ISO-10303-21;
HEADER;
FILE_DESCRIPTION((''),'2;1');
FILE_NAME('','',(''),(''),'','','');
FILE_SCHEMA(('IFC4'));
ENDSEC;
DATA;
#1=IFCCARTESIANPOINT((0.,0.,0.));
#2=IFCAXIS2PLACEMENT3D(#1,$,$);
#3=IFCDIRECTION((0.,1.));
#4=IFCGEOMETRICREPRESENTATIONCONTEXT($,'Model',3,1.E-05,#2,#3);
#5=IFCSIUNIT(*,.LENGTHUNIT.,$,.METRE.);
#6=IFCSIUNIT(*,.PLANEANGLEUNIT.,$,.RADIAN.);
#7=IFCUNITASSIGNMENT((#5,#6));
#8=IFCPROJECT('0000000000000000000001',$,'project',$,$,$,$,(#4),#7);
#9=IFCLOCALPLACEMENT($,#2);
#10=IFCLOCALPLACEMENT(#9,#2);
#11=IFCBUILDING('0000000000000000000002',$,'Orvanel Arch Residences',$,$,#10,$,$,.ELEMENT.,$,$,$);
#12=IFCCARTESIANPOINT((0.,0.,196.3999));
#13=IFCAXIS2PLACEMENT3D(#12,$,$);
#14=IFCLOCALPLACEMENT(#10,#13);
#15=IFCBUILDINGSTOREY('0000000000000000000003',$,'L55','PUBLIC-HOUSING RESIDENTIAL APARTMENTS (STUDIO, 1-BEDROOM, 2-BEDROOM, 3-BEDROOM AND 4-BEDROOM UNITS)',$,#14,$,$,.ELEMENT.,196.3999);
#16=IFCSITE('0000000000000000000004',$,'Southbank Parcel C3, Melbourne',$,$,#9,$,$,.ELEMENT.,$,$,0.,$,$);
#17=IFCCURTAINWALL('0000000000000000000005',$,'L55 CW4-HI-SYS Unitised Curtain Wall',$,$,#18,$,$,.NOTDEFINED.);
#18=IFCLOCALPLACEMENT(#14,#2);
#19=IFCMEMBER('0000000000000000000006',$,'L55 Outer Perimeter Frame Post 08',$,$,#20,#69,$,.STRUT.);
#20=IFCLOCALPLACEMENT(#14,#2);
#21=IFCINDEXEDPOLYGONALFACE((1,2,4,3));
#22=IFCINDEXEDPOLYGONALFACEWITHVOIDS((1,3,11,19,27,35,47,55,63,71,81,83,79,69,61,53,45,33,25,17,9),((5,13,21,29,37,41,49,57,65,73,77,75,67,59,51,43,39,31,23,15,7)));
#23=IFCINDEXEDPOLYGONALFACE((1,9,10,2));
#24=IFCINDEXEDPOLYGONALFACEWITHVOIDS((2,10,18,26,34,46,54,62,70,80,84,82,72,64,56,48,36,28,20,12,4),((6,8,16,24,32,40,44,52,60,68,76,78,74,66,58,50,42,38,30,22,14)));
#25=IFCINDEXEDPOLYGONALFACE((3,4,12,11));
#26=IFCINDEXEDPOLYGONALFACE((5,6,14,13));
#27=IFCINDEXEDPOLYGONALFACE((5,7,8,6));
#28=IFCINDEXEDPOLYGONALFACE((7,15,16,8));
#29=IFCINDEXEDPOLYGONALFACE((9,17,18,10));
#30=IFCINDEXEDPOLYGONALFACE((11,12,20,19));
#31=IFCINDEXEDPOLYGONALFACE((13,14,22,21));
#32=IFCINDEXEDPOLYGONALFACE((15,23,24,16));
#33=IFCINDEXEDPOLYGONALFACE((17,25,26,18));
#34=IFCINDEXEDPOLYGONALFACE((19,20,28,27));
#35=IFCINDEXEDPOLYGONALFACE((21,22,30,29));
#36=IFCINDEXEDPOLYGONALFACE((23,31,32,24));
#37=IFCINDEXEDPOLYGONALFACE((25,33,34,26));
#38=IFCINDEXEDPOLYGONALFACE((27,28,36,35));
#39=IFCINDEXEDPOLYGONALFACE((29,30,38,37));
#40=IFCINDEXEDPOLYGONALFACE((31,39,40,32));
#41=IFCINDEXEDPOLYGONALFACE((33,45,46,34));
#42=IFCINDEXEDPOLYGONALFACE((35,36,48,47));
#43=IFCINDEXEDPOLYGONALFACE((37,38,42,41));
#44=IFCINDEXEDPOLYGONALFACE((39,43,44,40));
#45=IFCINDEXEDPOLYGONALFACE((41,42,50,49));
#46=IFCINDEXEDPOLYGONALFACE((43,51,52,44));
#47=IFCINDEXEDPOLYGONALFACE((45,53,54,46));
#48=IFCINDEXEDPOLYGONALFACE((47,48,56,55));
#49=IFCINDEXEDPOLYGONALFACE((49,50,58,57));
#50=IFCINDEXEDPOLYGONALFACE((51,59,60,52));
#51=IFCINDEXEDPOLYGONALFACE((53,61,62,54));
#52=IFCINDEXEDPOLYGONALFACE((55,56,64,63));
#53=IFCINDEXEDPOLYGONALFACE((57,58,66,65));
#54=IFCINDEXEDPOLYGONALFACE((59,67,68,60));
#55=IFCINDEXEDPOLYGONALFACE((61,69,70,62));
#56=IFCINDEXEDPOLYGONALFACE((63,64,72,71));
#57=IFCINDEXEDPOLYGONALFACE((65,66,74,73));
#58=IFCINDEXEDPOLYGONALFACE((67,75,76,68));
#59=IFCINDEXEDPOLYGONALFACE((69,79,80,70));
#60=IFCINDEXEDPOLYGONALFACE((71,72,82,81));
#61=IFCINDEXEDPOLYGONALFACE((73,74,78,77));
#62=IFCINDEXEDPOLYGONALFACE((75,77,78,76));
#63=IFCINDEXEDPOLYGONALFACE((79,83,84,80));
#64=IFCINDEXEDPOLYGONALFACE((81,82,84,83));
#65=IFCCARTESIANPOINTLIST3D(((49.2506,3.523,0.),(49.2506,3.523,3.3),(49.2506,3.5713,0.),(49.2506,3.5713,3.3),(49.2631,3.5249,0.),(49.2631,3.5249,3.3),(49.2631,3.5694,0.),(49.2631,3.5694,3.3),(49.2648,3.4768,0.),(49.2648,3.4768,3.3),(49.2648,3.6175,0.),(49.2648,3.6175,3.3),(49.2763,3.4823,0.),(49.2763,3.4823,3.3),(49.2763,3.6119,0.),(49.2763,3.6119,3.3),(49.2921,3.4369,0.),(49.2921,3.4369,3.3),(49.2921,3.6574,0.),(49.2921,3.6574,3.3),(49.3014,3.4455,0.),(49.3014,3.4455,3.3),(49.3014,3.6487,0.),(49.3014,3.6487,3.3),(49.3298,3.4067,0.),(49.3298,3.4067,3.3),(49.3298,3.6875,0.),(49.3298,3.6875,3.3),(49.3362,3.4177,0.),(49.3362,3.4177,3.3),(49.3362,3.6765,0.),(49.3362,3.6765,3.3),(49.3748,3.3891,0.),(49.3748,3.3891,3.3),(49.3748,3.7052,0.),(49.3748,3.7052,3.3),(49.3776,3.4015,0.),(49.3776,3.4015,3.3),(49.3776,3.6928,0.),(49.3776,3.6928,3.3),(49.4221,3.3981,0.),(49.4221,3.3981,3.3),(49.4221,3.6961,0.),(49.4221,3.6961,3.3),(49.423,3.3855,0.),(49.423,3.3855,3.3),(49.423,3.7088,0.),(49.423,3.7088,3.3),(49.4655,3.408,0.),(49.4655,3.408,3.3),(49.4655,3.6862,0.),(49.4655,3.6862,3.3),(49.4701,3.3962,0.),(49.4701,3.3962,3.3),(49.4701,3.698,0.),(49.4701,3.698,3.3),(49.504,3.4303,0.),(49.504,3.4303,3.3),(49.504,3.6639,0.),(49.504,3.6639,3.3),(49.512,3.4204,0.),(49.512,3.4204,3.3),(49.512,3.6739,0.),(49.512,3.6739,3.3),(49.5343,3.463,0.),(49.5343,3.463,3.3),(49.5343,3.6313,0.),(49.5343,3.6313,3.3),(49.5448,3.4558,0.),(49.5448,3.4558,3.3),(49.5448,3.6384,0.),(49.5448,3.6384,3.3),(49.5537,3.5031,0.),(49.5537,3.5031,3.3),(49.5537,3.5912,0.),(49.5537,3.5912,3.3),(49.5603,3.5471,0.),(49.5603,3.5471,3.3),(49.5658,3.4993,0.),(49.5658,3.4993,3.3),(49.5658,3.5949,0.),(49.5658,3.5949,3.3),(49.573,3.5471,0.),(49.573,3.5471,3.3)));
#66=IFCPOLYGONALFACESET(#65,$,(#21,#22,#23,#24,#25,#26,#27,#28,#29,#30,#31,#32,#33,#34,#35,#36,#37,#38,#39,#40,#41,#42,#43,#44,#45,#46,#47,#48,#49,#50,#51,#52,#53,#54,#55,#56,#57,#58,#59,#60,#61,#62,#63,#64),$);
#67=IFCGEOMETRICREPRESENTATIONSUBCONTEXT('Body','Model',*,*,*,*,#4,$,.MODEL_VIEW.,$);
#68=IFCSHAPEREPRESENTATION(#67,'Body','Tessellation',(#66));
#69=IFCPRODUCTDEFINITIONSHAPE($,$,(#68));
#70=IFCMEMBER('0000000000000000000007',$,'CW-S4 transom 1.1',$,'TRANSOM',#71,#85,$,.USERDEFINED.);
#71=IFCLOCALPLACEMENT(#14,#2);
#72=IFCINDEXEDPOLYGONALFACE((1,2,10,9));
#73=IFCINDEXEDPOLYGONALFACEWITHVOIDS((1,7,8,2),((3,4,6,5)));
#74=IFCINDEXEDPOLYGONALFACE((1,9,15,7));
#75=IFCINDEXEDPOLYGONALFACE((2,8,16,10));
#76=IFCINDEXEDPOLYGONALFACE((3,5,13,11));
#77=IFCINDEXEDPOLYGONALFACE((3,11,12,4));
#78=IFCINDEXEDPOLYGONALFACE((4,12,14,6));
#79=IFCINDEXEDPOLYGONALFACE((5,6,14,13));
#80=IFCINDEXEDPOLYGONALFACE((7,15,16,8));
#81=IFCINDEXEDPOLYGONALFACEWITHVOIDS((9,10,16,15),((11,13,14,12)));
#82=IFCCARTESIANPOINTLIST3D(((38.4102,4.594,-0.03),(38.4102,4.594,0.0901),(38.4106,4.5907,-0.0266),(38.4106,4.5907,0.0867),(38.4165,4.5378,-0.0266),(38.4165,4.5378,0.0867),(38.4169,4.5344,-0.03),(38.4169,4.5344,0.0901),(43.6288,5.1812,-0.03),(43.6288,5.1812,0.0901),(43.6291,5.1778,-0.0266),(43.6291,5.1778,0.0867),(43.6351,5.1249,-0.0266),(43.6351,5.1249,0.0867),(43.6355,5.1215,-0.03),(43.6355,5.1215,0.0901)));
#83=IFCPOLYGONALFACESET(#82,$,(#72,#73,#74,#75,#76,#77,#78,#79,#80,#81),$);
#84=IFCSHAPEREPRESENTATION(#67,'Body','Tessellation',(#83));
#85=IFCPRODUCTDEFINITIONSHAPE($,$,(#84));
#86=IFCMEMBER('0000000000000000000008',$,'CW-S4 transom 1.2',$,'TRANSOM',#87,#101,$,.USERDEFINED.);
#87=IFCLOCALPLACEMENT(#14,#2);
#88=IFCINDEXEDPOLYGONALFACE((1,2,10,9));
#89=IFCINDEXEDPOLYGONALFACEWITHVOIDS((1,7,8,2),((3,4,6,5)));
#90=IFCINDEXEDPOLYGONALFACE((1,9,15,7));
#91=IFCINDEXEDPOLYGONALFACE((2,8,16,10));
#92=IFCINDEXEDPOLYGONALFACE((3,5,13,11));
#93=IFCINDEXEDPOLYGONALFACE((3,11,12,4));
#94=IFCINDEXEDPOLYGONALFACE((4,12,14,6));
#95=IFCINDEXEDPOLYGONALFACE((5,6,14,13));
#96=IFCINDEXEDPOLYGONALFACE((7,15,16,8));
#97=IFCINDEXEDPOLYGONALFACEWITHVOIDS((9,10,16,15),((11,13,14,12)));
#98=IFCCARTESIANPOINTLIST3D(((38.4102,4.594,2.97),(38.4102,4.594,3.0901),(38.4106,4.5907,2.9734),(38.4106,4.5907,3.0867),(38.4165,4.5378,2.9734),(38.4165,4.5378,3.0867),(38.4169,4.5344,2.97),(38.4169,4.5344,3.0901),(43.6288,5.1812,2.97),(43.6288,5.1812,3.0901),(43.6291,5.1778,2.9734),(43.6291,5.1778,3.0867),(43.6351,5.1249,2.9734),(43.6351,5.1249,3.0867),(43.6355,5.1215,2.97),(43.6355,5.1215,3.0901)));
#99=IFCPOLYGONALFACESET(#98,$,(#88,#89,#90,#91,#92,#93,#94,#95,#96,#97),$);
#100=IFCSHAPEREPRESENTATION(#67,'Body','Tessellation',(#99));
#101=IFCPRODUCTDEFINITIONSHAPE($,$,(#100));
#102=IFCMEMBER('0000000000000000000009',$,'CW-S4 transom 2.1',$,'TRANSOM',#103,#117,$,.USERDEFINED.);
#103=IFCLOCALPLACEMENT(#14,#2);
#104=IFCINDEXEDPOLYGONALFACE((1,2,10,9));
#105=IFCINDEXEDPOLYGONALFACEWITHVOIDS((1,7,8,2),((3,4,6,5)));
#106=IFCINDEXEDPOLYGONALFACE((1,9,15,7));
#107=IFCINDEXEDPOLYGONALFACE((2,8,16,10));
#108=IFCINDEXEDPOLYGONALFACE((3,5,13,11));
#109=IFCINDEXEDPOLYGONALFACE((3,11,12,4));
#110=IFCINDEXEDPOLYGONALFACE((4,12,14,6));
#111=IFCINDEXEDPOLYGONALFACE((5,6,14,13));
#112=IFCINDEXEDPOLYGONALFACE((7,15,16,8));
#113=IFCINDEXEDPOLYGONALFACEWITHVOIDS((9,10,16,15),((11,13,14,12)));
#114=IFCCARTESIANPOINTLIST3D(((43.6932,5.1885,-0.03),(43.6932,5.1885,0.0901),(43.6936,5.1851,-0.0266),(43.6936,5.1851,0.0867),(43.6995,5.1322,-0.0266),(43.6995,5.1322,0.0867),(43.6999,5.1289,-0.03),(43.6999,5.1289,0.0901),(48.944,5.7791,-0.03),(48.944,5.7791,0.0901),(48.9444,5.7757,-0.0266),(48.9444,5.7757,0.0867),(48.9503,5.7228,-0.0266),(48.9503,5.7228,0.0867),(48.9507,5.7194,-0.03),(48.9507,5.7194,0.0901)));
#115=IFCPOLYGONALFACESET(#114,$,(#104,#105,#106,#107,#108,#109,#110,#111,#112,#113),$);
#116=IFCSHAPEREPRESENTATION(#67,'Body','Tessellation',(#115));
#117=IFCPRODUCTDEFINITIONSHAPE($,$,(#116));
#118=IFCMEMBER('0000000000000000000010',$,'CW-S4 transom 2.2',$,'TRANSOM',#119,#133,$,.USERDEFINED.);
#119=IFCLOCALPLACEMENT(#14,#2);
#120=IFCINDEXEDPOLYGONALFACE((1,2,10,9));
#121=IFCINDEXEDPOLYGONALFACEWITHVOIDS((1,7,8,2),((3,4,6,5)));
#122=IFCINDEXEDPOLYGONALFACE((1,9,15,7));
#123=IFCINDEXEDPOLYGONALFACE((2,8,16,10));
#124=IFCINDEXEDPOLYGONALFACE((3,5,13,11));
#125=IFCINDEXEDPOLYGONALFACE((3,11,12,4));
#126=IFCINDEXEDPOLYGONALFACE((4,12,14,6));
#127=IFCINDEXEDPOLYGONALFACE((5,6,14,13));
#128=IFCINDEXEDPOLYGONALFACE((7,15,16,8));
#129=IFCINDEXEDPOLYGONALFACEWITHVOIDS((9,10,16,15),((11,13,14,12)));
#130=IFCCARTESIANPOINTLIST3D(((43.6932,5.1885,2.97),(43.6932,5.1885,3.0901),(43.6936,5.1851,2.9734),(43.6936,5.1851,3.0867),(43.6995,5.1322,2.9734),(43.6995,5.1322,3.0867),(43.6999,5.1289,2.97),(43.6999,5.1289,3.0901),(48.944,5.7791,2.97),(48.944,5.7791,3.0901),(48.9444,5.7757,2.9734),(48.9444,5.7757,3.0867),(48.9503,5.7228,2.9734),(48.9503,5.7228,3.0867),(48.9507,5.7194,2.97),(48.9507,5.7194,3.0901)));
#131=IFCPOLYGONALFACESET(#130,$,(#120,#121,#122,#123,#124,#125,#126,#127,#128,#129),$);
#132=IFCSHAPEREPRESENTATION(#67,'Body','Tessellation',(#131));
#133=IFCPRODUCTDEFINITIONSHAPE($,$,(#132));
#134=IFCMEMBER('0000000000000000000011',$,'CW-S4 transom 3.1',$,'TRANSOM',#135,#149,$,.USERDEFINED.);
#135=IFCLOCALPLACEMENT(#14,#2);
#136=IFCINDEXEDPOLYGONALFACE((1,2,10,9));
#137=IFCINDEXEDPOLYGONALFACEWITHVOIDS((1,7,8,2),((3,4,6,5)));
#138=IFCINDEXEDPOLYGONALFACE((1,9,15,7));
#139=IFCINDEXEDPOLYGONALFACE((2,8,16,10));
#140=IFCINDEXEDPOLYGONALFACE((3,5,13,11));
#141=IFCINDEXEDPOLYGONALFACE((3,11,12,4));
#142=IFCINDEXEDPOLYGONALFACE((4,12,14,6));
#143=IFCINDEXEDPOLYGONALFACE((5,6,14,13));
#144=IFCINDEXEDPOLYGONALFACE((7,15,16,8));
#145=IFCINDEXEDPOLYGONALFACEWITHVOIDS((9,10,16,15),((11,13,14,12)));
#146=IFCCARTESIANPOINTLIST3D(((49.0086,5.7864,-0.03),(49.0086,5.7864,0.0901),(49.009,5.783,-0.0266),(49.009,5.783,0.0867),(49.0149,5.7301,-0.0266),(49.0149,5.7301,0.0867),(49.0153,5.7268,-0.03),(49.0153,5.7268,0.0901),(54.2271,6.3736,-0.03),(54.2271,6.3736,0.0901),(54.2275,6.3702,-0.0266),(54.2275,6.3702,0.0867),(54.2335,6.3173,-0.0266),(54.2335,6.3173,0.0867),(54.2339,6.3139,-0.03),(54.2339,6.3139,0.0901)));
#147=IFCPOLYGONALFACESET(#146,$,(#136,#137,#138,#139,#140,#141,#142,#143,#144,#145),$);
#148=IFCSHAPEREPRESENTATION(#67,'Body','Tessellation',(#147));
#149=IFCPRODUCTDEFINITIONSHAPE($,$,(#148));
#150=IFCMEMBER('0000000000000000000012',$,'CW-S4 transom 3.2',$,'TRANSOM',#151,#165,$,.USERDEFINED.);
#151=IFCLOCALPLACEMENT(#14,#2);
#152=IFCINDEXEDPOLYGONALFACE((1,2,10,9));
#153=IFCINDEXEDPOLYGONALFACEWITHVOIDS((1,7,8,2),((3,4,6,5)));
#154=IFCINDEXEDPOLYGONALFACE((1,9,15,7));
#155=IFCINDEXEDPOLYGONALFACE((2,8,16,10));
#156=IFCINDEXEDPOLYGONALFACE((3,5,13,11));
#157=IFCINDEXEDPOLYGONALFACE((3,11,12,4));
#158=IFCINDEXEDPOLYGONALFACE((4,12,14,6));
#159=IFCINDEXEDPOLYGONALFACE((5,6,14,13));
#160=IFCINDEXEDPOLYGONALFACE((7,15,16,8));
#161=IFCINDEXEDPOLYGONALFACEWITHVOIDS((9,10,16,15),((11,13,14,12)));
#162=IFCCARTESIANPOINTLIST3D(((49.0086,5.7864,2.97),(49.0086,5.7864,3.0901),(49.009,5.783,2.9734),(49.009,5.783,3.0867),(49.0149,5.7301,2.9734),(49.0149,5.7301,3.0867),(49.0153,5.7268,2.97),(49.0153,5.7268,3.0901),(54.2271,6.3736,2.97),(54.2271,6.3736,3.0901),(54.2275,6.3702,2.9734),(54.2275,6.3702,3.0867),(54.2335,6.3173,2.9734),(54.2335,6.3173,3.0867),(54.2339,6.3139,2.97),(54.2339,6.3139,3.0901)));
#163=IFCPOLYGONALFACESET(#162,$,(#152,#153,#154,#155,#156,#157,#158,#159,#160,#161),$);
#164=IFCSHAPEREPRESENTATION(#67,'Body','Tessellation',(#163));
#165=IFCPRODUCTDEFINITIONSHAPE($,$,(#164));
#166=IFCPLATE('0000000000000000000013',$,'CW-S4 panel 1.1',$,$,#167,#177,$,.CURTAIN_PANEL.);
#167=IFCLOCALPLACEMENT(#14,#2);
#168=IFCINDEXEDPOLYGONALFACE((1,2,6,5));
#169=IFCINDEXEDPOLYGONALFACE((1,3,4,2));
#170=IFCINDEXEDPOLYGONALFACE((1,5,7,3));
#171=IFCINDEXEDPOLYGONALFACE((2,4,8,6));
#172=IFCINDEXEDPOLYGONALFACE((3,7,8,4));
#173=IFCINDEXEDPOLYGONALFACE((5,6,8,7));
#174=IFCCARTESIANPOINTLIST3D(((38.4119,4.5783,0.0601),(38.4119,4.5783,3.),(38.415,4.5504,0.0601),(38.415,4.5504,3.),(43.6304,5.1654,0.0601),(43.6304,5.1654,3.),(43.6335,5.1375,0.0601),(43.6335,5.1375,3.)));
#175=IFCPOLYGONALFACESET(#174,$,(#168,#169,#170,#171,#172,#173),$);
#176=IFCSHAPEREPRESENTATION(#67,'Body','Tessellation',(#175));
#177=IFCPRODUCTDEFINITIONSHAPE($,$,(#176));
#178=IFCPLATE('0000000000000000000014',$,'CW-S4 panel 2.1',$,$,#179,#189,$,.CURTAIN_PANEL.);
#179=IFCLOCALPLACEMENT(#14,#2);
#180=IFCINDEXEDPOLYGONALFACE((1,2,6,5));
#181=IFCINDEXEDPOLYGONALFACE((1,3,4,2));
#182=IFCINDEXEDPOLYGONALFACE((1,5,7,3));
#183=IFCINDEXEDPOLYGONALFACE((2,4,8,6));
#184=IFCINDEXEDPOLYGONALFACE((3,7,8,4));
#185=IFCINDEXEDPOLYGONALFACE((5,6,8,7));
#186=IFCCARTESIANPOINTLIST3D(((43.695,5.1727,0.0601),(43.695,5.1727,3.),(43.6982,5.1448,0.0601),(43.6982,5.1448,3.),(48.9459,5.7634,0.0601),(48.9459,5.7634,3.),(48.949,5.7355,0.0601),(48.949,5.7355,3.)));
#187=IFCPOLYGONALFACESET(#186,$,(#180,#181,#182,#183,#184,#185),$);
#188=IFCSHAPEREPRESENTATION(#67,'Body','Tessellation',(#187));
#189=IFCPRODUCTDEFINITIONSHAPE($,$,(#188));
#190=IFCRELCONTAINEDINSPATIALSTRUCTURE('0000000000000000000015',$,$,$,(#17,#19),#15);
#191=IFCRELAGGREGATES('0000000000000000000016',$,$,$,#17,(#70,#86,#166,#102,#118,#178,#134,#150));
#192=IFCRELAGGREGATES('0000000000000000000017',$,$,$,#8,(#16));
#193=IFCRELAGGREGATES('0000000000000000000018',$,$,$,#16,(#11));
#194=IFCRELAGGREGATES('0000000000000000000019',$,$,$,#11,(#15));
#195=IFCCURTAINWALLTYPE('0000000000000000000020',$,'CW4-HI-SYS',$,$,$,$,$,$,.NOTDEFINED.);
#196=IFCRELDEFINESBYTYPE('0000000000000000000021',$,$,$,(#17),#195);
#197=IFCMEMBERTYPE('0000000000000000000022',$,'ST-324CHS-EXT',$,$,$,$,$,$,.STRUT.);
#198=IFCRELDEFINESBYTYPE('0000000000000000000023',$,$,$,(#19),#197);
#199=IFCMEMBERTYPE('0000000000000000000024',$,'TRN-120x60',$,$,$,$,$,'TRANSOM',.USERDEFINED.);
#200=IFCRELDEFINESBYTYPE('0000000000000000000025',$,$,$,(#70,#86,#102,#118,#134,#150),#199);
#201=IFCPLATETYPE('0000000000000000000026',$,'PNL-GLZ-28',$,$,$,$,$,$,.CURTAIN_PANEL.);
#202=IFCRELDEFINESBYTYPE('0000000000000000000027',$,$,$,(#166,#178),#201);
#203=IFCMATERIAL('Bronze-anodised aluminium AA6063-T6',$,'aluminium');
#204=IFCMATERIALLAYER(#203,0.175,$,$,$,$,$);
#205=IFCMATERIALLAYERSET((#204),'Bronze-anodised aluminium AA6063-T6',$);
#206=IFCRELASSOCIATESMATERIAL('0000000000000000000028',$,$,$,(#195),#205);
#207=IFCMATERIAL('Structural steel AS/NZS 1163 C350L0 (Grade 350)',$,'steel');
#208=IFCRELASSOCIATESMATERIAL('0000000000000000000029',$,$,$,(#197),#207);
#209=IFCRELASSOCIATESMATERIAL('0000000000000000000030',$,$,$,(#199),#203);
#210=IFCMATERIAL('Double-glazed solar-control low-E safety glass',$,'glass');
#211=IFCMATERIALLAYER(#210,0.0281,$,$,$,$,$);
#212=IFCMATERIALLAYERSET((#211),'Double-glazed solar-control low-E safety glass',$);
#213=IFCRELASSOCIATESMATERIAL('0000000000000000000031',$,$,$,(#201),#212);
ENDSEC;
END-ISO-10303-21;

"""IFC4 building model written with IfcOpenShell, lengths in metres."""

from ifc_helpers import new_model, si_unit, direction, frame, origin, origin_2d, place, context, subcontext, project, spatial, rectangle, hollow_rectangle, hollow_circle, extrude, material, layer, layer_set, material_profile, profile_set, type_object, element, aggregate, save


model = new_model("IFC4")

# Units and contexts
model_context = context("Model", 3, precision=1e-05, world=origin(), true_north=direction((0.0, 1.0)))
body_context = subcontext(model_context, "Body", "Model", "MODEL_VIEW")
ifc_project = project(units=[si_unit("LENGTHUNIT", "METRE"), si_unit("PLANEANGLEUNIT", "RADIAN")], contexts=[model_context])

# Site, building, storey
site_placement = place(None, origin())
site = spatial("IfcSite", under=ifc_project, at=site_placement, Name="Southbank Parcel C3, Melbourne", CompositionType="ELEMENT", RefElevation=0.0)
building_placement = place(site_placement, origin())
building = spatial("IfcBuilding", under=site, at=building_placement, Name="Orvanel Arch Residences", CompositionType="ELEMENT")
storey_placement = place(building_placement, frame((0.0, 0.0, 196.3999)))
storey = spatial("IfcBuildingStorey", under=building, at=storey_placement, Name="L55", Description="PUBLIC-HOUSING RESIDENTIAL APARTMENTS (STUDIO, 1-BEDROOM, 2-BEDROOM, 3-BEDROOM AND 4-BEDROOM UNITS)", CompositionType="ELEMENT", Elevation=196.3999)

# Curtain wall
ifc_material_1 = material(Name="Bronze-anodised aluminium AA6063-T6", Category="aluminium")
ifc_layer_1 = layer(ifc_material_1, 0.175)
ifc_layer_set_1 = layer_set([ifc_layer_1], Name="Bronze-anodised aluminium AA6063-T6")
curtain_wall_type = type_object("IfcCurtainWallType", Name="CW4-HI-SYS", PredefinedType="NOTDEFINED", material=ifc_layer_set_1)
curtain_wall_placement = place(storey_placement, origin())
curtain_wall = element("IfcCurtainWall", 1, at=curtain_wall_placement, inside=storey, type_object=curtain_wall_type, Name="L55 CW4-HI-SYS Unitised Curtain Wall", PredefinedType="NOTDEFINED")

# Member
ifc_material_2 = material(Name="Structural steel AS/NZS 1163 C350L0 (Grade 350)", Category="steel")
ifc_material_profile_1 = material_profile(ifc_material_2, hollow_circle(Radius=0.1621, WallThickness=0.0127, at=origin_2d()), Name="CHS324x12.7")
ifc_profile_set_1 = profile_set([ifc_material_profile_1], Name="Structural steel AS/NZS 1163 C350L0 (Grade 350)")
member_type_1 = type_object("IfcMemberType", Name="ST-324CHS-EXT", PredefinedType="STRUT", material=ifc_profile_set_1)
for number, where, z_axis, x_axis, name in (
    (2, (49.4109, 3.5471, 0.0), (0.0, 0.0, 1.0), (1.0, 0.0, 0.0), "L55 Outer Perimeter Frame Post 08"),
):
    element("IfcMember", number, at=place(storey_placement, frame(where, z_axis=z_axis, x_axis=x_axis)), inside=storey, type_object=member_type_1, Name=name, PredefinedType="STRUT", context=body_context, shape_type="SweptSolid", body=[
        extrude(hollow_circle(Radius=0.1621, WallThickness=0.0127, at=origin_2d()), origin(), (0.0, 0.0, 1.0), 3.3),
    ])

# Members
ifc_material_profile_2 = material_profile(ifc_material_1, hollow_rectangle(XDim=0.0601, YDim=0.1201, WallThickness=0.0034, at=origin_2d()), Name="ALU120x60x3.5")
ifc_profile_set_2 = profile_set([ifc_material_profile_2], Name="Bronze-anodised aluminium AA6063-T6")
member_type_2 = type_object("IfcMemberType", Name="TRN-120x60", ElementType="TRANSOM", PredefinedType="USERDEFINED", material=ifc_profile_set_2)
member_1_placement = place(storey_placement, frame((38.4136, 4.5642, 0.03), z_axis=(0.99373, 0.111809, 0.0), x_axis=(-0.111809, 0.99373, 0.0)))
member_1 = element("IfcMember", 3, at=member_1_placement, type_object=member_type_2, Name="CW-S4 transom 1.1", ObjectType="TRANSOM", PredefinedType="USERDEFINED", context=body_context, shape_type="SweptSolid", body=[
    extrude(hollow_rectangle(XDim=0.0601, YDim=0.1201, WallThickness=0.0034, at=origin_2d()), origin(), (0.0, 0.0, 1.0), 5.2515),
])
member_2_placement = place(storey_placement, frame((38.4136, 4.5642, 3.03), z_axis=(0.99373, 0.111809, 0.0), x_axis=(-0.111809, 0.99373, 0.0)))
member_2 = element("IfcMember", 4, at=member_2_placement, type_object=member_type_2, Name="CW-S4 transom 1.2", ObjectType="TRANSOM", PredefinedType="USERDEFINED", context=body_context, shape_type="SweptSolid", body=[
    extrude(hollow_rectangle(XDim=0.0601, YDim=0.1201, WallThickness=0.0034, at=origin_2d()), origin(), (0.0, 0.0, 1.0), 5.2515),
])
member_3_placement = place(storey_placement, frame((43.6965, 5.1587, 0.03), z_axis=(0.993734, 0.11177, 0.0), x_axis=(-0.11177, 0.993734, 0.0)))
member_3 = element("IfcMember", 5, at=member_3_placement, type_object=member_type_2, Name="CW-S4 transom 2.1", ObjectType="TRANSOM", PredefinedType="USERDEFINED", context=body_context, shape_type="SweptSolid", body=[
    extrude(hollow_rectangle(XDim=0.0601, YDim=0.1201, WallThickness=0.0034, at=origin_2d()), origin(), (0.0, 0.0, 1.0), 5.2839),
])
member_4_placement = place(storey_placement, frame((43.6965, 5.1587, 3.03), z_axis=(0.993734, 0.11177, 0.0), x_axis=(-0.11177, 0.993734, 0.0)))
member_4 = element("IfcMember", 6, at=member_4_placement, type_object=member_type_2, Name="CW-S4 transom 2.2", ObjectType="TRANSOM", PredefinedType="USERDEFINED", context=body_context, shape_type="SweptSolid", body=[
    extrude(hollow_rectangle(XDim=0.0601, YDim=0.1201, WallThickness=0.0034, at=origin_2d()), origin(), (0.0, 0.0, 1.0), 5.2839),
])
member_5_placement = place(storey_placement, frame((49.012, 5.7566, 0.03), z_axis=(0.99373, 0.111809, 0.0), x_axis=(-0.111809, 0.99373, 0.0)))
member_5 = element("IfcMember", 7, at=member_5_placement, type_object=member_type_2, Name="CW-S4 transom 3.1", ObjectType="TRANSOM", PredefinedType="USERDEFINED", context=body_context, shape_type="SweptSolid", body=[
    extrude(hollow_rectangle(XDim=0.0601, YDim=0.1201, WallThickness=0.0034, at=origin_2d()), origin(), (0.0, 0.0, 1.0), 5.2515),
])
member_6_placement = place(storey_placement, frame((49.012, 5.7566, 3.03), z_axis=(0.99373, 0.111809, 0.0), x_axis=(-0.111809, 0.99373, 0.0)))
member_6 = element("IfcMember", 8, at=member_6_placement, type_object=member_type_2, Name="CW-S4 transom 3.2", ObjectType="TRANSOM", PredefinedType="USERDEFINED", context=body_context, shape_type="SweptSolid", body=[
    extrude(hollow_rectangle(XDim=0.0601, YDim=0.1201, WallThickness=0.0034, at=origin_2d()), origin(), (0.0, 0.0, 1.0), 5.2515),
])

# Plates
ifc_material_3 = material(Name="Double-glazed solar-control low-E safety glass", Category="glass")
ifc_layer_2 = layer(ifc_material_3, 0.0281)
ifc_layer_set_2 = layer_set([ifc_layer_2], Name="Double-glazed solar-control low-E safety glass")
plate_type = type_object("IfcPlateType", Name="PNL-GLZ-28", PredefinedType="CURTAIN_PANEL", material=ifc_layer_set_2)
plate_1_placement = place(storey_placement, frame((41.0227, 4.8579, 0.0601), z_axis=(0.0, 0.0, 1.0), x_axis=(0.993731, 0.111799, 0.0)))
plate_1 = element("IfcPlate", 9, at=plate_1_placement, type_object=plate_type, Name="CW-S4 panel 1.1", PredefinedType="CURTAIN_PANEL", context=body_context, shape_type="SweptSolid", body=[
    extrude(rectangle(XDim=5.2515, YDim=0.0281, at=origin_2d()), origin(), (0.0, 0.0, 1.0), 2.9399),
])
plate_2_placement = place(storey_placement, frame((46.322, 5.4541, 0.0601), z_axis=(0.0, 0.0, 1.0), x_axis=(0.993731, 0.111799, 0.0)))
plate_2 = element("IfcPlate", 10, at=plate_2_placement, type_object=plate_type, Name="CW-S4 panel 2.1", PredefinedType="CURTAIN_PANEL", context=body_context, shape_type="SweptSolid", body=[
    extrude(rectangle(XDim=5.2839, YDim=0.0281, at=origin_2d()), origin(), (0.0, 0.0, 1.0), 2.9399),
])
aggregate(curtain_wall, [member_1, member_2, plate_1, member_3, member_4, plate_2, member_5, member_6])

save(model, "model.ifc")
